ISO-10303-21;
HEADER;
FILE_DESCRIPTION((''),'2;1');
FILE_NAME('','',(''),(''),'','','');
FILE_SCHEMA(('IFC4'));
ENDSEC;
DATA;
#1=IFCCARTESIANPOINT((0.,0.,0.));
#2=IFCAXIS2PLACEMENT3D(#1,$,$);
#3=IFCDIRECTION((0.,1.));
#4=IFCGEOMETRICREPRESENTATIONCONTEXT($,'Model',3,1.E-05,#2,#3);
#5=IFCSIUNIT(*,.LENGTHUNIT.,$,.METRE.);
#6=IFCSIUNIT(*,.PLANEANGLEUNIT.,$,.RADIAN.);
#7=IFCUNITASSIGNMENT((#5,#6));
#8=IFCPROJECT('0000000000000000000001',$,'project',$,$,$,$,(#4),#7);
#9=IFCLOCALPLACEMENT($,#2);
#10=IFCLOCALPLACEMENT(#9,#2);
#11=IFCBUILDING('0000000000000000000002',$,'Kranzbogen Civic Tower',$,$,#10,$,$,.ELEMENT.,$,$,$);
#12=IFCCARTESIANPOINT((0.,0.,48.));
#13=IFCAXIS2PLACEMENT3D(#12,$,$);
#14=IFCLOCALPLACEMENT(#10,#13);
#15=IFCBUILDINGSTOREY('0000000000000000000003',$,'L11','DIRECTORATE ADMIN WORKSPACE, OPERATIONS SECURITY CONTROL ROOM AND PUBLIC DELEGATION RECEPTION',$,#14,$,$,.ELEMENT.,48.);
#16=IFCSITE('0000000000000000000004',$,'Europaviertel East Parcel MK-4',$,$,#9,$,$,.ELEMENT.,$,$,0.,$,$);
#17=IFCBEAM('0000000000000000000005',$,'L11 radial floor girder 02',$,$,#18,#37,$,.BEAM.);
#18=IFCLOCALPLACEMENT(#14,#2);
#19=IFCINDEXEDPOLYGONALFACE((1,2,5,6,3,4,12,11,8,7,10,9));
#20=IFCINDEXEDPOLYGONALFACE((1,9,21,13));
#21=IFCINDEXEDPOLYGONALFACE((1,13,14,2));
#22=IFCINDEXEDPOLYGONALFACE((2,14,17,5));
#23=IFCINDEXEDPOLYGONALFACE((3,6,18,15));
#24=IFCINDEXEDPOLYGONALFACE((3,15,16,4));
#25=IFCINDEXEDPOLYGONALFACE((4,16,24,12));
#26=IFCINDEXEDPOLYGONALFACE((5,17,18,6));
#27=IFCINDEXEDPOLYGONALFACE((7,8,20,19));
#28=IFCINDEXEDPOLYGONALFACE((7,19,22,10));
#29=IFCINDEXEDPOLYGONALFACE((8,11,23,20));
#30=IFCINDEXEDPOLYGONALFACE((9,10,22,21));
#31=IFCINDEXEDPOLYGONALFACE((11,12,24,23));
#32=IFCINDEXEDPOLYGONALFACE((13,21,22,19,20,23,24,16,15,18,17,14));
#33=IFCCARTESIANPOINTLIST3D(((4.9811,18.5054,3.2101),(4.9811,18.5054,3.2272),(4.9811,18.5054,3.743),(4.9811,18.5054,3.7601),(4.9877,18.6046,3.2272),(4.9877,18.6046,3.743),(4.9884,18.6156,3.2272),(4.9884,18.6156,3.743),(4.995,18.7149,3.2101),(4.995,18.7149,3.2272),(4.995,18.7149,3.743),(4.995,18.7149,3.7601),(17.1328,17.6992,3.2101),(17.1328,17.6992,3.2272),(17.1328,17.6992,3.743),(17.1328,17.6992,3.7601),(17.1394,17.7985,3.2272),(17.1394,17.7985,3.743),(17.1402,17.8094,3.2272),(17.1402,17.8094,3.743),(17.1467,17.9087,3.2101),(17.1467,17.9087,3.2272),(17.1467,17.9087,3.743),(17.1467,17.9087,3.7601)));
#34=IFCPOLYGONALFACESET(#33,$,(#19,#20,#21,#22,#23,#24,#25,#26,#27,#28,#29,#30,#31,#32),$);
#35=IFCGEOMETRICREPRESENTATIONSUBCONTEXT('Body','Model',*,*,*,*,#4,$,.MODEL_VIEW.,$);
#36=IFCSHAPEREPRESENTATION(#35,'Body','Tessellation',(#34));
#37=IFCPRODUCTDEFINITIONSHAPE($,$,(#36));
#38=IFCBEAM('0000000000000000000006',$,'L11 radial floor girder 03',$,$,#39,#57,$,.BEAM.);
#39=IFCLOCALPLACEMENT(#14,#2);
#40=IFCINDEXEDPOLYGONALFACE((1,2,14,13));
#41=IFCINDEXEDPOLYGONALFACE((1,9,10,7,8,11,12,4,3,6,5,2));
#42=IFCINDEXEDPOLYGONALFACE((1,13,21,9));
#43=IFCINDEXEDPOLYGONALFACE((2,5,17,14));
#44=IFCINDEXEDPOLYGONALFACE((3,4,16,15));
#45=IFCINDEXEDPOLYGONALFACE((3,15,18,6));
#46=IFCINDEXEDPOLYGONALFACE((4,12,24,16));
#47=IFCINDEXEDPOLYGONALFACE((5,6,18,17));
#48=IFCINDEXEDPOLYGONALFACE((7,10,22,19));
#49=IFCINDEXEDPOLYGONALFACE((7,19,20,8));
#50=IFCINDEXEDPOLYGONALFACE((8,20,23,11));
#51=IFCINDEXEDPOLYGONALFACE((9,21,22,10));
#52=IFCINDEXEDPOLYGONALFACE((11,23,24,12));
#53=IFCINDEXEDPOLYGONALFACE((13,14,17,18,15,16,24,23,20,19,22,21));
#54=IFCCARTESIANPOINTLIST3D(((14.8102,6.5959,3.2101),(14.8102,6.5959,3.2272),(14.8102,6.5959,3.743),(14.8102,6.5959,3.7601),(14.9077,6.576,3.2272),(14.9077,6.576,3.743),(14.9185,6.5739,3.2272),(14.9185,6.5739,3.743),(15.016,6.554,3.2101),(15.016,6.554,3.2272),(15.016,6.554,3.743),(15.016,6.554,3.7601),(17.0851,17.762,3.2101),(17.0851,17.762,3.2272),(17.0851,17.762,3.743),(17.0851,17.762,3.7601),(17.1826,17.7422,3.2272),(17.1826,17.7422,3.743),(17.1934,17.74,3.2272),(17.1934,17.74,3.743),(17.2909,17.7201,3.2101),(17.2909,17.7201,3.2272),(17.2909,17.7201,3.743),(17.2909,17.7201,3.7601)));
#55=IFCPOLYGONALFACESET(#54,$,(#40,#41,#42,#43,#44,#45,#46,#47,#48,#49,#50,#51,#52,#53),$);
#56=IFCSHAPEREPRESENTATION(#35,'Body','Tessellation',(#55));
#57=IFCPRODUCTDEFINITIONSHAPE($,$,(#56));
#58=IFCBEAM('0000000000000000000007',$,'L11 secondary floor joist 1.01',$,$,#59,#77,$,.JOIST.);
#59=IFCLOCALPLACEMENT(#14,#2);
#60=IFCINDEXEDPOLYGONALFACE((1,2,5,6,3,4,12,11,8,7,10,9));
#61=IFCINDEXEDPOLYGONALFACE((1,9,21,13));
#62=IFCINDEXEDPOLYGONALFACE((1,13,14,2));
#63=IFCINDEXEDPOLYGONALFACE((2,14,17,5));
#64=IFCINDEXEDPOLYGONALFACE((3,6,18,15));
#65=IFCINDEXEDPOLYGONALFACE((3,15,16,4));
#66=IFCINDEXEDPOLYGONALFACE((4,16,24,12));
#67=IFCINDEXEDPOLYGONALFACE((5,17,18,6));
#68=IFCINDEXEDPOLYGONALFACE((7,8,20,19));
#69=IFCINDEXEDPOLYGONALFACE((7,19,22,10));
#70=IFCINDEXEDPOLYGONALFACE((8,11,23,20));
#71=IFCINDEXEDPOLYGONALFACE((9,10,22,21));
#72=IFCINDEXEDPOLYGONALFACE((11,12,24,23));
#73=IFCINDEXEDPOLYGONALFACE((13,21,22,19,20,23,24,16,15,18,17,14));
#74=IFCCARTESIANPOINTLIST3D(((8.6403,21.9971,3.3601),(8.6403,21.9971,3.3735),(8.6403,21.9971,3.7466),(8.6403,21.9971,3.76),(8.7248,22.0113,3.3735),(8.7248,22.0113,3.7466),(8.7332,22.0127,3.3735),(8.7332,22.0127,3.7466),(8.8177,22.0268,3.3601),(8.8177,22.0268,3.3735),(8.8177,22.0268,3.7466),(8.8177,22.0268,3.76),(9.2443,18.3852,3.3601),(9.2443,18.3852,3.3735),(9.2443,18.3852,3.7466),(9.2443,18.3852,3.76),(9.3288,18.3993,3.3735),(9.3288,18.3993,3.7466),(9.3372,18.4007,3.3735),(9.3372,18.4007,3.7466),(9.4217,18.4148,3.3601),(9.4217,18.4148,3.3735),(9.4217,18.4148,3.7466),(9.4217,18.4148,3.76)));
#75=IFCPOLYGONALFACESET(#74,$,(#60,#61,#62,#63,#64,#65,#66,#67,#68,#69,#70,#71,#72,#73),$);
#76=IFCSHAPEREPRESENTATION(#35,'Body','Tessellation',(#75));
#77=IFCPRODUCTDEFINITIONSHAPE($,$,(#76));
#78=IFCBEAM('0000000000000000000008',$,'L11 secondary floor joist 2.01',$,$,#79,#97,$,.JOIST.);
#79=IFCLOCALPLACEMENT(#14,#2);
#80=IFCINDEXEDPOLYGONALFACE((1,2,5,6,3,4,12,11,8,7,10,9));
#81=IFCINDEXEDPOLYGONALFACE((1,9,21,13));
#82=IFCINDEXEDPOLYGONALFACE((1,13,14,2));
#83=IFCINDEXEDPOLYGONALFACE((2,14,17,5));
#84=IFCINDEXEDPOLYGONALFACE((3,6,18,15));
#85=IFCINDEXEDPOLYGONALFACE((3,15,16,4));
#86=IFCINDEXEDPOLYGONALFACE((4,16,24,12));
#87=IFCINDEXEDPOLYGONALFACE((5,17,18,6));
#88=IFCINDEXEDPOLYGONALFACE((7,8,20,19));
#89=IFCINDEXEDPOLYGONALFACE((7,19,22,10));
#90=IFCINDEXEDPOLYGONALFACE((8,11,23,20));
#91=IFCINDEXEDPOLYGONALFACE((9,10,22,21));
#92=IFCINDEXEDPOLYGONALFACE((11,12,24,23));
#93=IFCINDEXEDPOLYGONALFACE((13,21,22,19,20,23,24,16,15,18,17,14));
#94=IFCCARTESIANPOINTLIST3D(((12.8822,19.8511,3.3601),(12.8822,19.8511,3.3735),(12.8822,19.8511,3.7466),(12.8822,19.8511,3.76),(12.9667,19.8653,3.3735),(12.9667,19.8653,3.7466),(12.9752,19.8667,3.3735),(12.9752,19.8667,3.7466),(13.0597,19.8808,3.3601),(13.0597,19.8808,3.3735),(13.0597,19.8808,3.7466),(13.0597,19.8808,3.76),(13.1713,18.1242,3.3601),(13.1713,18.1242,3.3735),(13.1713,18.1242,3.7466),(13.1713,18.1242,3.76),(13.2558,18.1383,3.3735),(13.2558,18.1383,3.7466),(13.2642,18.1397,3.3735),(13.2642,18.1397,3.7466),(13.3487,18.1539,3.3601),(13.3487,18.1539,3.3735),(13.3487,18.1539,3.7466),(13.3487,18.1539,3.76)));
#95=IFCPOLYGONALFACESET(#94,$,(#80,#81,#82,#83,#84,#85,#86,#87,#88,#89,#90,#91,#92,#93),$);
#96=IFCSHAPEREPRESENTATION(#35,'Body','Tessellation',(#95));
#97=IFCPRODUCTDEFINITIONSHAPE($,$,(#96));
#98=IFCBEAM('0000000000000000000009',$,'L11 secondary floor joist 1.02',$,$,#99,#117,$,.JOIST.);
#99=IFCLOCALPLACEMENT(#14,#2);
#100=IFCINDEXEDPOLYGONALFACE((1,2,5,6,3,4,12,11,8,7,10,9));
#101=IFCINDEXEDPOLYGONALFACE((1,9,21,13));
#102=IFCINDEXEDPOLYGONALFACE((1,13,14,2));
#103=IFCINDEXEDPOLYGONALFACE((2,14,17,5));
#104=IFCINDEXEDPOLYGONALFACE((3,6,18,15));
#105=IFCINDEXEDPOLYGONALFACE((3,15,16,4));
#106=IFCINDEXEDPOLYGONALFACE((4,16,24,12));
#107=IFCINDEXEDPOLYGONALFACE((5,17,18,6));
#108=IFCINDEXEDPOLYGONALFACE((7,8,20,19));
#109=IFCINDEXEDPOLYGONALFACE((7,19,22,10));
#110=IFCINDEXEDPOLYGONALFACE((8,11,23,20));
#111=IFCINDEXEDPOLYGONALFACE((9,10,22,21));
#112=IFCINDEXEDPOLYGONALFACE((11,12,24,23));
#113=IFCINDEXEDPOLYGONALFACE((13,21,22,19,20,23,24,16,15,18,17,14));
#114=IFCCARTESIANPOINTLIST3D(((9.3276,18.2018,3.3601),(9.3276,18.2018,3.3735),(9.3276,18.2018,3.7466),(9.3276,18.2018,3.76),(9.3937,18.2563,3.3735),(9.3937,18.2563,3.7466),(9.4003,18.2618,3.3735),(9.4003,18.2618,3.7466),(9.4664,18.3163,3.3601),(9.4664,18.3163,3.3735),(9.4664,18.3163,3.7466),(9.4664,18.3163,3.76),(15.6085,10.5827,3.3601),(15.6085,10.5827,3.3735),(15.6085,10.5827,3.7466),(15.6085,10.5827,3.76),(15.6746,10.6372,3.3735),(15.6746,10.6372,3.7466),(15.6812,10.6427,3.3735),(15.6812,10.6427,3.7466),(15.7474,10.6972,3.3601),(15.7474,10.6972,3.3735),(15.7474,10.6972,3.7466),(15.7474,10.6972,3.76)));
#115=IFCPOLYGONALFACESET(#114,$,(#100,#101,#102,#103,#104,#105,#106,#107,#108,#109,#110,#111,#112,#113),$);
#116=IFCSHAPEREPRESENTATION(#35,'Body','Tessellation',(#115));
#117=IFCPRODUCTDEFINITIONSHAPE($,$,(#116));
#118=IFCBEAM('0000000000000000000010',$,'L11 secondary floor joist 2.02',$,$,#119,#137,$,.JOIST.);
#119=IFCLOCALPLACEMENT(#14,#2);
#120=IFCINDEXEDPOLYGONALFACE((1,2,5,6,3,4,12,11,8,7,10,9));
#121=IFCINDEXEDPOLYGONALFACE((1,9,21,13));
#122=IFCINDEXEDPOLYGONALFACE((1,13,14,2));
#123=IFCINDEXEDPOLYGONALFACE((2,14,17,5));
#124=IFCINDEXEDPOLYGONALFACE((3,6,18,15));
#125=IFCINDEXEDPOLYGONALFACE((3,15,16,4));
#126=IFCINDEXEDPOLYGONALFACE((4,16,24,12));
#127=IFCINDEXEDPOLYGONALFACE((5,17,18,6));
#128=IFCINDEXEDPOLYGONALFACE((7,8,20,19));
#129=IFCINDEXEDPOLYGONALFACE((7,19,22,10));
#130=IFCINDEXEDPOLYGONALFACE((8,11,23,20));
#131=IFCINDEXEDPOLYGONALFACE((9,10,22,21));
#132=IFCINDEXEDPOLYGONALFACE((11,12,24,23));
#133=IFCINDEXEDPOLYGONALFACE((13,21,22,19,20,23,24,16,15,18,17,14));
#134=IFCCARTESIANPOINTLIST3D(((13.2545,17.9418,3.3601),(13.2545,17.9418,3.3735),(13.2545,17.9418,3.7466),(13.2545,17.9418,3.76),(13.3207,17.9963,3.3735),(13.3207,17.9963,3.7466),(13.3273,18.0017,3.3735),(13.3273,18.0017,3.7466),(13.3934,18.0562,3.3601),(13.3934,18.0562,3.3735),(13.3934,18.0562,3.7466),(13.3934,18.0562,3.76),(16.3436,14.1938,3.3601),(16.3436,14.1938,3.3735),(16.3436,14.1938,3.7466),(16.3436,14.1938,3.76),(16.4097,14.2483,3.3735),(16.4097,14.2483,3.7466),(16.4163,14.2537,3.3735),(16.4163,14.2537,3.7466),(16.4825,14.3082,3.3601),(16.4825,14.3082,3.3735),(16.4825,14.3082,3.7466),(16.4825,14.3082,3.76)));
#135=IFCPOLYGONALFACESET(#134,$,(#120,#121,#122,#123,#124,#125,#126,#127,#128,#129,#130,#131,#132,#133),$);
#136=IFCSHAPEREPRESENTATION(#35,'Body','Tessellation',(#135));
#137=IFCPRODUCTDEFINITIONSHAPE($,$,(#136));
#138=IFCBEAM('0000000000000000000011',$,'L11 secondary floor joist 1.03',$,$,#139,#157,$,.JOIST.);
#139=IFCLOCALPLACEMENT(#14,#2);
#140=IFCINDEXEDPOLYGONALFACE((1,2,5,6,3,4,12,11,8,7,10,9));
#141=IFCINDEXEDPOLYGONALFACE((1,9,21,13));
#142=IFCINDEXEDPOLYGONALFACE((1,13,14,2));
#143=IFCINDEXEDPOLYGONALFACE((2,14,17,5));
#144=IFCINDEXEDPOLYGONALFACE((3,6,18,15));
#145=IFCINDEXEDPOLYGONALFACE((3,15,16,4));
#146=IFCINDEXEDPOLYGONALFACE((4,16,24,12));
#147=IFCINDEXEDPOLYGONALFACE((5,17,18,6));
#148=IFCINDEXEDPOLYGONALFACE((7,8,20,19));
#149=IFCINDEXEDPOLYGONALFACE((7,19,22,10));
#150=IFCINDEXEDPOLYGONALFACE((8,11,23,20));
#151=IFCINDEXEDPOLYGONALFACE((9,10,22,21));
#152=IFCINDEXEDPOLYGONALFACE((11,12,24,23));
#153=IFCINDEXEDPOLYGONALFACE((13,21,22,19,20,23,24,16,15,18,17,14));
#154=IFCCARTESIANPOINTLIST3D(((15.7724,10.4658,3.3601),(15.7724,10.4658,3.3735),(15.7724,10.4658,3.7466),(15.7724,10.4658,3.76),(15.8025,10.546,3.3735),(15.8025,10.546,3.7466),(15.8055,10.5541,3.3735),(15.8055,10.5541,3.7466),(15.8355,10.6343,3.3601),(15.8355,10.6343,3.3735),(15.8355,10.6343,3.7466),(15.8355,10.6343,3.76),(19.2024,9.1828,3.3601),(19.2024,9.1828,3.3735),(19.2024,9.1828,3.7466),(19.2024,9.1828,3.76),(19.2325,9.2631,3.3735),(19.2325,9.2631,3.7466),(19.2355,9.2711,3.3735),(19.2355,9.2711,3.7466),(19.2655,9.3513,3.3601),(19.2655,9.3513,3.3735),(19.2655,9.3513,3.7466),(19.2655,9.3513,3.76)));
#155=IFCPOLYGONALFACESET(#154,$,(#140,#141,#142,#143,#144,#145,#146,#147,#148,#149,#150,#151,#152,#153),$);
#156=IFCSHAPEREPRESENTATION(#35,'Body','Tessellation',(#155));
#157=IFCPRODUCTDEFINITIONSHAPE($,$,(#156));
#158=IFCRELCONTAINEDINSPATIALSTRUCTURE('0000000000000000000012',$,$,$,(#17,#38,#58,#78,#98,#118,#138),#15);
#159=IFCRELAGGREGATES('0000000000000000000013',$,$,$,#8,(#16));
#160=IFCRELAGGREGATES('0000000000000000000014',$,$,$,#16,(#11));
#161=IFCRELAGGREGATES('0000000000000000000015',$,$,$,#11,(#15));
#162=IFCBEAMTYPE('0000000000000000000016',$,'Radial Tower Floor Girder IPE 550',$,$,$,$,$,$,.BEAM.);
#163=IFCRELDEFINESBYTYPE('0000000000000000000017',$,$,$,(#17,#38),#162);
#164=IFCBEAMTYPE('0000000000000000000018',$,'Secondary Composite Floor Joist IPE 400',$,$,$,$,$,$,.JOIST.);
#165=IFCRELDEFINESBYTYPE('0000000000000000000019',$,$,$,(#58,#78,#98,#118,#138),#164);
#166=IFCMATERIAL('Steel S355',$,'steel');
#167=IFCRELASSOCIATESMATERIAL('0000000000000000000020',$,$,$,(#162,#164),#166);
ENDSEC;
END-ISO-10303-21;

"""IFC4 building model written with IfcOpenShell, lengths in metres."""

from ifc_helpers import new_model, si_unit, direction, frame, origin, origin_2d, place, context, subcontext, project, spatial, i_section, extrude, material, material_profile, profile_set, type_object, element, save


model = new_model("IFC4")

# Units and contexts
model_context = context("Model", 3, precision=1e-05, world=origin(), true_north=direction((0.0, 1.0)))
body_context = subcontext(model_context, "Body", "Model", "MODEL_VIEW")
ifc_project = project(units=[si_unit("LENGTHUNIT", "METRE"), si_unit("PLANEANGLEUNIT", "RADIAN")], contexts=[model_context])

# Site, building, storey
site_placement = place(None, origin())
site = spatial("IfcSite", under=ifc_project, at=site_placement, Name="Europaviertel East Parcel MK-4", CompositionType="ELEMENT", RefElevation=0.0)
building_placement = place(site_placement, origin())
building = spatial("IfcBuilding", under=site, at=building_placement, Name="Kranzbogen Civic Tower", CompositionType="ELEMENT")
storey_placement = place(building_placement, frame((0.0, 0.0, 48.0)))
storey = spatial("IfcBuildingStorey", under=building, at=storey_placement, Name="L11", Description="DIRECTORATE ADMIN WORKSPACE, OPERATIONS SECURITY CONTROL ROOM AND PUBLIC DELEGATION RECEPTION", CompositionType="ELEMENT", Elevation=48.0)

# Beams
ifc_material_1 = material(Name="Steel S355", Category="steel")
ifc_material_profile_1 = material_profile(ifc_material_1, i_section(OverallWidth=0.21, OverallDepth=0.55, WebThickness=0.011, FlangeThickness=0.0171, at=origin_2d()), Name="IPE 550")
ifc_profile_set_1 = profile_set([ifc_material_profile_1], Name="Steel S355")
beam_type_1 = type_object("IfcBeamType", Name="Radial Tower Floor Girder IPE 550", PredefinedType="BEAM", material=ifc_profile_set_1)
beam_1_placement = place(storey_placement, frame((4.988, 18.6101, 3.4851), z_axis=(0.997807, -0.066194, 0.0), x_axis=(0.066194, 0.997807, 0.0)))
element("IfcBeam", 1, at=beam_1_placement, inside=storey, type_object=beam_type_1, Name="L11 radial floor girder 02", PredefinedType="BEAM", context=body_context, shape_type="SweptSolid", body=[
    extrude(i_section(OverallWidth=0.21, OverallDepth=0.55, WebThickness=0.011, FlangeThickness=0.0171, at=origin_2d()), origin(), (0.0, 0.0, 1.0), 12.1785),
])
beam_2_placement = place(storey_placement, frame((14.9131, 6.575, 3.4851), z_axis=(0.199633, 0.979871, 0.0), x_axis=(-0.979871, 0.199633, 0.0)))
element("IfcBeam", 2, at=beam_2_placement, inside=storey, type_object=beam_type_1, Name="L11 radial floor girder 03", PredefinedType="BEAM", context=body_context, shape_type="SweptSolid", body=[
    extrude(i_section(OverallWidth=0.21, OverallDepth=0.55, WebThickness=0.011, FlangeThickness=0.0171, at=origin_2d()), origin(), (0.0, 0.0, 1.0), 11.3955),
])
ifc_material_profile_2 = material_profile(ifc_material_1, i_section(OverallWidth=0.1799, OverallDepth=0.3999, WebThickness=0.0085, FlangeThickness=0.0134, at=origin_2d()), Name="IPE 400")
ifc_profile_set_2 = profile_set([ifc_material_profile_2], Name="Steel S355")
beam_type_2 = type_object("IfcBeamType", Name="Secondary Composite Floor Joist IPE 400", PredefinedType="JOIST", material=ifc_profile_set_2)
beam_3_placement = place(storey_placement, frame((8.729, 22.012, 3.5601), z_axis=(0.164929, -0.986305, 0.0), x_axis=(0.986305, 0.164929, 0.0)))
element("IfcBeam", 3, at=beam_3_placement, inside=storey, type_object=beam_type_2, Name="L11 secondary floor joist 1.01", PredefinedType="JOIST", context=body_context, shape_type="SweptSolid", body=[
    extrude(i_section(OverallWidth=0.1799, OverallDepth=0.3999, WebThickness=0.0085, FlangeThickness=0.0134, at=origin_2d()), origin(), (0.0, 0.0, 1.0), 3.6621),
])
beam_4_placement = place(storey_placement, frame((12.9709, 19.866, 3.5601), z_axis=(0.165077, -0.986281, 0.0), x_axis=(0.986281, 0.165077, 0.0)))
element("IfcBeam", 4, at=beam_4_placement, inside=storey, type_object=beam_type_2, Name="L11 secondary floor joist 2.01", PredefinedType="JOIST", context=body_context, shape_type="SweptSolid", body=[
    extrude(i_section(OverallWidth=0.1799, OverallDepth=0.3999, WebThickness=0.0085, FlangeThickness=0.0134, at=origin_2d()), origin(), (0.0, 0.0, 1.0), 1.751),
])
beam_5_placement = place(storey_placement, frame((9.397, 18.259, 3.5601), z_axis=(0.636095, -0.771611, 0.0), x_axis=(0.771611, 0.636095, 0.0)))
element("IfcBeam", 5, at=beam_5_placement, inside=storey, type_object=beam_type_2, Name="L11 secondary floor joist 1.02", PredefinedType="JOIST", context=body_context, shape_type="SweptSolid", body=[
    extrude(i_section(OverallWidth=0.1799, OverallDepth=0.3999, WebThickness=0.0085, FlangeThickness=0.0134, at=origin_2d()), origin(), (0.0, 0.0, 1.0), 9.8743),
])
beam_6_placement = place(storey_placement, frame((13.324, 17.999, 3.5601), z_axis=(0.636012, -0.771679, 0.0), x_axis=(0.771679, 0.636012, 0.0)))
element("IfcBeam", 6, at=beam_6_placement, inside=storey, type_object=beam_type_2, Name="L11 secondary floor joist 2.02", PredefinedType="JOIST", context=body_context, shape_type="SweptSolid", body=[
    extrude(i_section(OverallWidth=0.1799, OverallDepth=0.3999, WebThickness=0.0085, FlangeThickness=0.0134, at=origin_2d()), origin(), (0.0, 0.0, 1.0), 4.8569),
])
beam_7_placement = place(storey_placement, frame((15.804, 10.55, 3.5601), z_axis=(0.936622, -0.350342, 0.0), x_axis=(0.350342, 0.936622, 0.0)))
element("IfcBeam", 7, at=beam_7_placement, inside=storey, type_object=beam_type_2, Name="L11 secondary floor joist 1.03", PredefinedType="JOIST", context=body_context, shape_type="SweptSolid", body=[
    extrude(i_section(OverallWidth=0.1799, OverallDepth=0.3999, WebThickness=0.0085, FlangeThickness=0.0134, at=origin_2d()), origin(), (0.0, 0.0, 1.0), 3.6621),
])

save(model, "model.ifc")
